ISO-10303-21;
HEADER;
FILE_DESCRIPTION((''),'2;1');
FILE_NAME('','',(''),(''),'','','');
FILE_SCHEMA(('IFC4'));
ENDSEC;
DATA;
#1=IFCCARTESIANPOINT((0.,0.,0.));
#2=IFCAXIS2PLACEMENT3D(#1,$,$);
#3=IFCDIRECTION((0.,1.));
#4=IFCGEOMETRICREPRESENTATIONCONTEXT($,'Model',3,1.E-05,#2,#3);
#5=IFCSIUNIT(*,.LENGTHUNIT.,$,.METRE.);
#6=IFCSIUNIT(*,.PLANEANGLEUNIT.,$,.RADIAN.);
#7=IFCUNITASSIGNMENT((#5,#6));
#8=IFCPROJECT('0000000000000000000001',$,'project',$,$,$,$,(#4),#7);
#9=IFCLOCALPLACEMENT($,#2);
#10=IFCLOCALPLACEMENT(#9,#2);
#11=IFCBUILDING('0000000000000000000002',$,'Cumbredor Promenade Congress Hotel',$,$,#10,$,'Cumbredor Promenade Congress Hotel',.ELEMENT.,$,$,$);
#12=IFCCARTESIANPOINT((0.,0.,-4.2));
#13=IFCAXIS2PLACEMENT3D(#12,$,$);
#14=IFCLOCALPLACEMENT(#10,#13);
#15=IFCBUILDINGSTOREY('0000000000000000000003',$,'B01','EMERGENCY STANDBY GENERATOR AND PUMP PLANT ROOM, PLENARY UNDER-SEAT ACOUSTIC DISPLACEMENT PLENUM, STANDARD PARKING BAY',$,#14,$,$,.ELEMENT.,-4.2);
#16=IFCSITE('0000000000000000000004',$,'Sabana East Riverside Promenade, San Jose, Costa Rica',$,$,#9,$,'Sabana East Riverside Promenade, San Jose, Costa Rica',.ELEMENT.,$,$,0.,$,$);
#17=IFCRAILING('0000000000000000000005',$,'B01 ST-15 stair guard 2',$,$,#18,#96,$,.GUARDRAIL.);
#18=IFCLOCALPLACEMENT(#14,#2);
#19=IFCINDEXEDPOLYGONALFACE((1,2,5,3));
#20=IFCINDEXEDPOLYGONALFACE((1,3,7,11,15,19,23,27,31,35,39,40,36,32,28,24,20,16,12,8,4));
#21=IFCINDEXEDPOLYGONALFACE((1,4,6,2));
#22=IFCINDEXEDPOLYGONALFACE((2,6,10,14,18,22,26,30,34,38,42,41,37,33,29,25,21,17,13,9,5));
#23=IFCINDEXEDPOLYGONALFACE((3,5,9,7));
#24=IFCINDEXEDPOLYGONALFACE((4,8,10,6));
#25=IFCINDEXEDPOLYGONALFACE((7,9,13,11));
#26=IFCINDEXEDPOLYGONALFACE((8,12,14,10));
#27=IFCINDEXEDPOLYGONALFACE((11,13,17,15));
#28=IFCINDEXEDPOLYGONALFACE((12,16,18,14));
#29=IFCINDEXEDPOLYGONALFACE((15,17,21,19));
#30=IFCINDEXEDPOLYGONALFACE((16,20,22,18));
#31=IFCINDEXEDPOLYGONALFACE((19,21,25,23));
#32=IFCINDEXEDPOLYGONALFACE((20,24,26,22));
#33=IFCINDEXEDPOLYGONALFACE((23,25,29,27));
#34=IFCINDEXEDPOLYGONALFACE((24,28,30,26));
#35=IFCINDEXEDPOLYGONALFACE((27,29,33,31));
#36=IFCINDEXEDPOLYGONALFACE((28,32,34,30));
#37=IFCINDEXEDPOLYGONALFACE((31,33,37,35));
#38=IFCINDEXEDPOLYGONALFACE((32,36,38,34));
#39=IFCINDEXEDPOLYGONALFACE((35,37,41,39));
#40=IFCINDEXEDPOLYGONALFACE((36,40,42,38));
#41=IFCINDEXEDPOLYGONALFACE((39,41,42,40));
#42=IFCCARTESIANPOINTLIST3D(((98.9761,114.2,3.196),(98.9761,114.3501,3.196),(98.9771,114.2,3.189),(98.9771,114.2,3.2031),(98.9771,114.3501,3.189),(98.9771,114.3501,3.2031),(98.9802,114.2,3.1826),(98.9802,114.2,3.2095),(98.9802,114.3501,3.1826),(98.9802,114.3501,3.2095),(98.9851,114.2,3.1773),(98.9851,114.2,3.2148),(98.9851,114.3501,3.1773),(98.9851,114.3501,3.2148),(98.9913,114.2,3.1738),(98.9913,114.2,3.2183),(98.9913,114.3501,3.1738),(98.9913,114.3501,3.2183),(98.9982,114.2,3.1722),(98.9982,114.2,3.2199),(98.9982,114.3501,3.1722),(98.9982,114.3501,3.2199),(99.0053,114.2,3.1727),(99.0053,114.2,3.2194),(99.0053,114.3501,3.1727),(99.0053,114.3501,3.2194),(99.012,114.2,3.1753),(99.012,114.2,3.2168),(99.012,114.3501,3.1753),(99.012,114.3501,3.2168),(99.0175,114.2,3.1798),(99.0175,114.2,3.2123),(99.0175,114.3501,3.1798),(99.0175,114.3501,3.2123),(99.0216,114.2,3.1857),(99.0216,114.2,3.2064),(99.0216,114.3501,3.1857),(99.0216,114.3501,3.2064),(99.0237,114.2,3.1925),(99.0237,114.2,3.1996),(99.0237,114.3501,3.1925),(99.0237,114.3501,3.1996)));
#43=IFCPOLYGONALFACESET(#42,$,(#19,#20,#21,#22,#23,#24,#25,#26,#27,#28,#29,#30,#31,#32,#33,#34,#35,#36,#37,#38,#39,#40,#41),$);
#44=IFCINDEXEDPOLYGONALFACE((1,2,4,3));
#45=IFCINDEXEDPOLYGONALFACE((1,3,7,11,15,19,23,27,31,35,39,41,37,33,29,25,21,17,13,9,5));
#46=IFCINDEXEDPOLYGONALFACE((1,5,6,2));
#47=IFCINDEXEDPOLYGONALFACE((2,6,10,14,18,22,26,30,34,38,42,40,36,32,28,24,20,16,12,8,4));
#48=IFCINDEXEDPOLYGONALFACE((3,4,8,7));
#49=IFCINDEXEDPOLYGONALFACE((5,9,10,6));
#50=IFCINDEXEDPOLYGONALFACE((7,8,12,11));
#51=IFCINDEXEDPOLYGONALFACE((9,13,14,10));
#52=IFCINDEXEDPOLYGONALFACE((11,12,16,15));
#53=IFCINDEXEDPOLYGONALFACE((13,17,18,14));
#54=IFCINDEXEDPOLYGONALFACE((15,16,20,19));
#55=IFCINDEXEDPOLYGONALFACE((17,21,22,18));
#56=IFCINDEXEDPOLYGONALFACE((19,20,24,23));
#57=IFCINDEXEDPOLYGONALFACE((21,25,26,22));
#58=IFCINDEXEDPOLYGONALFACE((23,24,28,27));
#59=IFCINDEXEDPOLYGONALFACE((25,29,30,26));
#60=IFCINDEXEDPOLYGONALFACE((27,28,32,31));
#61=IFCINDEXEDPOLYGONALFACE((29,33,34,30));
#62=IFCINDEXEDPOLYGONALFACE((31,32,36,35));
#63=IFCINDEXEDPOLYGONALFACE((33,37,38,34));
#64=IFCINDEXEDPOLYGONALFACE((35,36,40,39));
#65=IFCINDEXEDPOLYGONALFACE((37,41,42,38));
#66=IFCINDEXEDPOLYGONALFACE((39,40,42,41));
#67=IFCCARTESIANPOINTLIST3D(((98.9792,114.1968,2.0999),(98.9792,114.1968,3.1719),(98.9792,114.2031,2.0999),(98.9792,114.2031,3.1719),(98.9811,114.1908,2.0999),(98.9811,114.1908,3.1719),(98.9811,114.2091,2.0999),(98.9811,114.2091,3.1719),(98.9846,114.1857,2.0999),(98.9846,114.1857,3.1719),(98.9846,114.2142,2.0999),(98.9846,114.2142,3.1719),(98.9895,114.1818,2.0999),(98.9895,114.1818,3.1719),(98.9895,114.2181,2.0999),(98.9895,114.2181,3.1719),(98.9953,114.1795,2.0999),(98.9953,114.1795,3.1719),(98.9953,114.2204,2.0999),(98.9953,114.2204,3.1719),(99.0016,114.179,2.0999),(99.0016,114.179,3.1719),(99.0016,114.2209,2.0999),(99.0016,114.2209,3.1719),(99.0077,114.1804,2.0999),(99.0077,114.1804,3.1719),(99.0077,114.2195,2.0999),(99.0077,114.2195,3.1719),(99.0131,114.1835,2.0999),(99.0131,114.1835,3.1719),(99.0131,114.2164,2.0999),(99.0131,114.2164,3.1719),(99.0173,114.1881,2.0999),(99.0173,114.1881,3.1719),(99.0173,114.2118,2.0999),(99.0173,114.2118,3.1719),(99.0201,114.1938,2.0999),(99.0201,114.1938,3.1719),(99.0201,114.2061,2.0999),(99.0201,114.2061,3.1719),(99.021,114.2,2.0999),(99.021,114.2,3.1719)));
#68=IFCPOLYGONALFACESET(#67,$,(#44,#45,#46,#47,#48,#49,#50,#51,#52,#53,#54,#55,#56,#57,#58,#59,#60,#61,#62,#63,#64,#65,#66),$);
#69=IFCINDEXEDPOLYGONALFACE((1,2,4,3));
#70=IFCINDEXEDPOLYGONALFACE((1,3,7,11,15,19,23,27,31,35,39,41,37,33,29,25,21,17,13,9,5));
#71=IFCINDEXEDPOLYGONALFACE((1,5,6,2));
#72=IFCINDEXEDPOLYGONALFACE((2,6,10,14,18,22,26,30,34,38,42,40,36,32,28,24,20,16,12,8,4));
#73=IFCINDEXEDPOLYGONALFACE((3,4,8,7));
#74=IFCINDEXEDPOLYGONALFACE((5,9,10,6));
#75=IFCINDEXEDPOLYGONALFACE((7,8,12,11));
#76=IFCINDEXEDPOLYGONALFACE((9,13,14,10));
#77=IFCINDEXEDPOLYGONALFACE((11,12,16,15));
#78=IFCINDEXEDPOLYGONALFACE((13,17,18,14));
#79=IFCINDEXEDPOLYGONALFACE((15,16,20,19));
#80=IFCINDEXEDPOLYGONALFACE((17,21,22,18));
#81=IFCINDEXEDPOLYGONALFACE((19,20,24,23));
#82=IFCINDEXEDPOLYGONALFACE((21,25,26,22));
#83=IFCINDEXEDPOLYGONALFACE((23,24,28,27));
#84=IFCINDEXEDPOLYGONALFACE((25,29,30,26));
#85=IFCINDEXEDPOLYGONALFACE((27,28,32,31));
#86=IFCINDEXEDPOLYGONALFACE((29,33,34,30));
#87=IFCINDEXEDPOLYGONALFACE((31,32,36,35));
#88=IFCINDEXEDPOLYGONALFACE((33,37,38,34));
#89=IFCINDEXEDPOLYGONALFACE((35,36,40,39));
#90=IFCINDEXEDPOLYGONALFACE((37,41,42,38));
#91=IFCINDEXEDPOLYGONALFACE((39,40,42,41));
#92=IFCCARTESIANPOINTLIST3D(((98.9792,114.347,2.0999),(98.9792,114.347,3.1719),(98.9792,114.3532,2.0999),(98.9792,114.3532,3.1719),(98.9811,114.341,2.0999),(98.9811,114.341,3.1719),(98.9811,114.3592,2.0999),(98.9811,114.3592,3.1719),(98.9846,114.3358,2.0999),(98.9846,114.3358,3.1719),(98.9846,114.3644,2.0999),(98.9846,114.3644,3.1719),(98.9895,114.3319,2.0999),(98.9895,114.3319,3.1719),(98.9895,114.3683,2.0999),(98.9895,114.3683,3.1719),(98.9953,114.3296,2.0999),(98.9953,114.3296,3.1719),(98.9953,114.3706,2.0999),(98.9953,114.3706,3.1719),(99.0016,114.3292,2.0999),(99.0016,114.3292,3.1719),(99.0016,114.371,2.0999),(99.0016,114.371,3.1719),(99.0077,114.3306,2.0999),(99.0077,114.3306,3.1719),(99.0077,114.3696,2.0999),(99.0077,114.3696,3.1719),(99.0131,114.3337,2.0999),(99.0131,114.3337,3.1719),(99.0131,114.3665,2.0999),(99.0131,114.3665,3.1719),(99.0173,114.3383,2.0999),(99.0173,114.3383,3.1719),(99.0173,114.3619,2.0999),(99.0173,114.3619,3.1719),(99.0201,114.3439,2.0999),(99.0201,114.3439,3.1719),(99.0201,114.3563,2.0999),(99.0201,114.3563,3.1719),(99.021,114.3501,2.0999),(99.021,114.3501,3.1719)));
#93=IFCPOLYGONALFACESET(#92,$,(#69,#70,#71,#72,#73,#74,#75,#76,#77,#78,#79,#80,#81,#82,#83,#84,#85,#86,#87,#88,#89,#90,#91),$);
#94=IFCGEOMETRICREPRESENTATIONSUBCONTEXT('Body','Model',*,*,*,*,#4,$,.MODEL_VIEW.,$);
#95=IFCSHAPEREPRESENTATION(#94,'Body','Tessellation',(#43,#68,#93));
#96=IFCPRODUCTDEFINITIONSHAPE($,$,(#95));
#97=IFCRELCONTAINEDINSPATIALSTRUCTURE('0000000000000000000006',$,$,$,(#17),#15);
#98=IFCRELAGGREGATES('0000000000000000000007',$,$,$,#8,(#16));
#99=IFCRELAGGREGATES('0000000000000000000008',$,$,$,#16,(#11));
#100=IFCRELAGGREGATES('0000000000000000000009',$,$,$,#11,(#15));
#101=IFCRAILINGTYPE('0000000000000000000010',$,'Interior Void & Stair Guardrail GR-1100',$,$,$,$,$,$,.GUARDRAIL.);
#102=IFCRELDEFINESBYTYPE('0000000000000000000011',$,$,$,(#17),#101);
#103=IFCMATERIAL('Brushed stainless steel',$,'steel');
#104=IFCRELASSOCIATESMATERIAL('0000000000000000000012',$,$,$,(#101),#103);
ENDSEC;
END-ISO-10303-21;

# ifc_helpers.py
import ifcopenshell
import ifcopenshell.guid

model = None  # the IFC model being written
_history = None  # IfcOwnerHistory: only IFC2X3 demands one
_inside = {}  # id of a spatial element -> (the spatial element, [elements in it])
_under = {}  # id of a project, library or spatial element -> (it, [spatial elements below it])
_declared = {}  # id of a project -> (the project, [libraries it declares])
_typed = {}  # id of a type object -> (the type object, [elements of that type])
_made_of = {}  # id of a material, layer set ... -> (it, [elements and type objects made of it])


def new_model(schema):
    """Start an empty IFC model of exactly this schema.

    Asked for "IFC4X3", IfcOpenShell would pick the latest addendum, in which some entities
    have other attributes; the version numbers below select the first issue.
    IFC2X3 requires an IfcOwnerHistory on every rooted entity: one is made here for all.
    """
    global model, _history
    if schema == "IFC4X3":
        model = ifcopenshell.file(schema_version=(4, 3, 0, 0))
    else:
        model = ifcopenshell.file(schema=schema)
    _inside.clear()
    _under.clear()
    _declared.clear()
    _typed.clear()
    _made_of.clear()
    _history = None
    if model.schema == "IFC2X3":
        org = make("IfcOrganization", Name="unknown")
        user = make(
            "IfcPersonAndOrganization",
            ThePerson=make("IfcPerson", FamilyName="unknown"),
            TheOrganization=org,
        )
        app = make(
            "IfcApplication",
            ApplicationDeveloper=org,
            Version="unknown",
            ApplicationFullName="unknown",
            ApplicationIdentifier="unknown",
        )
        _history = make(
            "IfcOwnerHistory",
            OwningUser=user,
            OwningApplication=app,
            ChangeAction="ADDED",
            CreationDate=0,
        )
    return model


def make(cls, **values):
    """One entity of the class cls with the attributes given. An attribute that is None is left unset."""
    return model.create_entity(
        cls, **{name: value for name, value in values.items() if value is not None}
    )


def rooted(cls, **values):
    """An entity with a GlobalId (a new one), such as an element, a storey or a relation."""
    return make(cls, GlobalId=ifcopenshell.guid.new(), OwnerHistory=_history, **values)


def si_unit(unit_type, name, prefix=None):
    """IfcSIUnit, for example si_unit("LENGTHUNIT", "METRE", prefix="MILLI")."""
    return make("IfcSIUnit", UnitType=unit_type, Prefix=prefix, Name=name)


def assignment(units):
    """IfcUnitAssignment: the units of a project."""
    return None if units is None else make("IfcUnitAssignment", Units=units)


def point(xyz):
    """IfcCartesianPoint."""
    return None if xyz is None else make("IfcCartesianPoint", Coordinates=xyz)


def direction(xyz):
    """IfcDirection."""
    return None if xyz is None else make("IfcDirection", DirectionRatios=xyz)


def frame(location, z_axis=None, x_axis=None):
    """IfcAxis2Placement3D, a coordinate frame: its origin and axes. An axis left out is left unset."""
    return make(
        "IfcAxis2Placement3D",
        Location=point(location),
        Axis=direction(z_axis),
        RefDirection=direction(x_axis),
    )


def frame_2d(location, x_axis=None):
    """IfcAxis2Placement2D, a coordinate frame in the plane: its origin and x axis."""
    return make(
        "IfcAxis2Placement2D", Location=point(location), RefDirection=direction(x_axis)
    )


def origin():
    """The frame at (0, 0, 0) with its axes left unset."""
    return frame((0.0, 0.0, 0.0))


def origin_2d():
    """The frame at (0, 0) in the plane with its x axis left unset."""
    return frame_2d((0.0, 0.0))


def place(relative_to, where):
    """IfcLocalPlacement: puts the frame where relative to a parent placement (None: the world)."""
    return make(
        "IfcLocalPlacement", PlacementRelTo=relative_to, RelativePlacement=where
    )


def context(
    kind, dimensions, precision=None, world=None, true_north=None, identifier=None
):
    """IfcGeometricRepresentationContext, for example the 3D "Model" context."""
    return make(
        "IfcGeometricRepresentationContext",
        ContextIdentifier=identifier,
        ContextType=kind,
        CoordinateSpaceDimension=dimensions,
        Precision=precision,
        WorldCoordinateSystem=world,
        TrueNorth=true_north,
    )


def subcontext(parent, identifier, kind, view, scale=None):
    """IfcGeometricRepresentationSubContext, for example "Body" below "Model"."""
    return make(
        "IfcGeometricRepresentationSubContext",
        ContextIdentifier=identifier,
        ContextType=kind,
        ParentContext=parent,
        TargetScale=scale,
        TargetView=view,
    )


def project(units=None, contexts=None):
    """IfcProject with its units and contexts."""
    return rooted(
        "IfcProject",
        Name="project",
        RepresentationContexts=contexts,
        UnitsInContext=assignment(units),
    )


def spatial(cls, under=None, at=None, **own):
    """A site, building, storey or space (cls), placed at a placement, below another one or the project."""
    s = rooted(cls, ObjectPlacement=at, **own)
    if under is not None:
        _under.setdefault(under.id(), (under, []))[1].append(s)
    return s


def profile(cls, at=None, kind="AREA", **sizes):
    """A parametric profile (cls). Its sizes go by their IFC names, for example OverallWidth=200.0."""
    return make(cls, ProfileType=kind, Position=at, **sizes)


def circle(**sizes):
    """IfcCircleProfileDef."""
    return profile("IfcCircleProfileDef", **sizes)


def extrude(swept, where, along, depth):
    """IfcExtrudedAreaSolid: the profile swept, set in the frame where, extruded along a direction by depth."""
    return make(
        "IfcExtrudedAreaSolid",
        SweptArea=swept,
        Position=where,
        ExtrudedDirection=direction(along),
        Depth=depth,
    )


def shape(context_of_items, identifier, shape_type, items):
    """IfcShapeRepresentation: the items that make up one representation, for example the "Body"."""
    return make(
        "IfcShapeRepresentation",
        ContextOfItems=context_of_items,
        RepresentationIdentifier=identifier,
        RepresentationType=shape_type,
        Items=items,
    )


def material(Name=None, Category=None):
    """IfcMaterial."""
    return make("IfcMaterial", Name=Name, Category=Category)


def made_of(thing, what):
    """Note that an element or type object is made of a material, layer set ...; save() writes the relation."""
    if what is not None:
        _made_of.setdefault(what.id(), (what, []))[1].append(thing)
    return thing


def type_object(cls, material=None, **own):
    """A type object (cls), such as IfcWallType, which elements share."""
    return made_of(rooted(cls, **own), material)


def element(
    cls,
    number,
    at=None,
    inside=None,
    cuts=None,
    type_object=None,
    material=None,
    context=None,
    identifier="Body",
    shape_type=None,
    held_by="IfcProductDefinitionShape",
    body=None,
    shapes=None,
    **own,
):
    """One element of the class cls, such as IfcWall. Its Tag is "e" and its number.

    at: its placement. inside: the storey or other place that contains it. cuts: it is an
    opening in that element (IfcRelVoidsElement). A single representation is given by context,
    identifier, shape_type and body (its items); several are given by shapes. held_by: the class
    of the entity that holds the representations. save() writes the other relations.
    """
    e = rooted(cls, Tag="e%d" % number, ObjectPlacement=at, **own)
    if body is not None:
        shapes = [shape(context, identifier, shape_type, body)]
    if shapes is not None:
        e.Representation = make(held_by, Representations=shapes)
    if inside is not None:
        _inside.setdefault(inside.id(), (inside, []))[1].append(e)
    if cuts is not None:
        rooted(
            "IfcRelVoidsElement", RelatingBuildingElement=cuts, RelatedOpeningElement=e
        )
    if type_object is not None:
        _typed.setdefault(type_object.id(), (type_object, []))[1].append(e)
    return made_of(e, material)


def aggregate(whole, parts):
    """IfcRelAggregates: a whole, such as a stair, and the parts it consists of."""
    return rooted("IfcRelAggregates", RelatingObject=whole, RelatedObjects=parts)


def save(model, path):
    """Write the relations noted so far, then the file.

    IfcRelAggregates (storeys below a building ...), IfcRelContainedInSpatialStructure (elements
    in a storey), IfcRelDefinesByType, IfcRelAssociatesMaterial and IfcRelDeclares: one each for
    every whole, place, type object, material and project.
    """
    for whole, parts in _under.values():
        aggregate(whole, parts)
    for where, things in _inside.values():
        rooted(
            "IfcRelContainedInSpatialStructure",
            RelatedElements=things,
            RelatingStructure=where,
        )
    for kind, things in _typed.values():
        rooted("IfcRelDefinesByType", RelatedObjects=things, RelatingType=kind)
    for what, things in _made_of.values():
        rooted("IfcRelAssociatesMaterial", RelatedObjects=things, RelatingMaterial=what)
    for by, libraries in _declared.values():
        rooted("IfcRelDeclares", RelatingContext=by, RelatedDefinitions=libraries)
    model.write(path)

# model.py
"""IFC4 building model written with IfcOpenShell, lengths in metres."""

from ifc_helpers import new_model, si_unit, direction, frame, origin, origin_2d, place, context, subcontext, project, spatial, circle, extrude, material, type_object, element, save


model = new_model("IFC4")

# Units and contexts
model_context = context("Model", 3, precision=1e-05, world=origin(), true_north=direction((0.0, 1.0)))
body_context = subcontext(model_context, "Body", "Model", "MODEL_VIEW")
ifc_project = project(units=[si_unit("LENGTHUNIT", "METRE"), si_unit("PLANEANGLEUNIT", "RADIAN")], contexts=[model_context])

# Site, building, storey
site_placement = place(None, origin())
site = spatial("IfcSite", under=ifc_project, at=site_placement, Name="Sabana East Riverside Promenade, San Jose, Costa Rica", LongName="Sabana East Riverside Promenade, San Jose, Costa Rica", CompositionType="ELEMENT", RefElevation=0.0)
building_placement = place(site_placement, origin())
building = spatial("IfcBuilding", under=site, at=building_placement, Name="Cumbredor Promenade Congress Hotel", LongName="Cumbredor Promenade Congress Hotel", CompositionType="ELEMENT")
storey_placement = place(building_placement, frame((0.0, 0.0, -4.2)))
storey = spatial("IfcBuildingStorey", under=building, at=storey_placement, Name="B01", Description="EMERGENCY STANDBY GENERATOR AND PUMP PLANT ROOM, PLENARY UNDER-SEAT ACOUSTIC DISPLACEMENT PLENUM, STANDARD PARKING BAY", CompositionType="ELEMENT", Elevation=-4.2)

# Railing
ifc_material_1 = material(Name="Brushed stainless steel", Category="steel")
railing_type_1 = type_object("IfcRailingType", Name="Interior Void & Stair Guardrail GR-1100", PredefinedType="GUARDRAIL", material=ifc_material_1)
railing_1_placement = place(storey_placement, frame((99.0, 114.2, 2.0999)))
element("IfcRailing", 1, at=railing_1_placement, inside=storey, type_object=railing_type_1, Name="B01 ST-15 stair guard 2", PredefinedType="GUARDRAIL", context=body_context, shape_type="SweptSolid", body=[
    extrude(circle(Radius=0.0239, at=origin_2d()), frame((0.0, 0.0, 1.0962), z_axis=(0.0, 1.0, 0.0), x_axis=(-1.0, 0.0, 0.0)), (0.0, 0.0, 1.0), 0.1501),
    extrude(circle(Radius=0.021, at=origin_2d()), origin(), (0.0, 0.0, 1.0), 1.072),
    extrude(circle(Radius=0.021, at=origin_2d()), frame((0.0, 0.1501, 0.0)), (0.0, 0.0, 1.0), 1.072),
])

save(model, "model.ifc")
